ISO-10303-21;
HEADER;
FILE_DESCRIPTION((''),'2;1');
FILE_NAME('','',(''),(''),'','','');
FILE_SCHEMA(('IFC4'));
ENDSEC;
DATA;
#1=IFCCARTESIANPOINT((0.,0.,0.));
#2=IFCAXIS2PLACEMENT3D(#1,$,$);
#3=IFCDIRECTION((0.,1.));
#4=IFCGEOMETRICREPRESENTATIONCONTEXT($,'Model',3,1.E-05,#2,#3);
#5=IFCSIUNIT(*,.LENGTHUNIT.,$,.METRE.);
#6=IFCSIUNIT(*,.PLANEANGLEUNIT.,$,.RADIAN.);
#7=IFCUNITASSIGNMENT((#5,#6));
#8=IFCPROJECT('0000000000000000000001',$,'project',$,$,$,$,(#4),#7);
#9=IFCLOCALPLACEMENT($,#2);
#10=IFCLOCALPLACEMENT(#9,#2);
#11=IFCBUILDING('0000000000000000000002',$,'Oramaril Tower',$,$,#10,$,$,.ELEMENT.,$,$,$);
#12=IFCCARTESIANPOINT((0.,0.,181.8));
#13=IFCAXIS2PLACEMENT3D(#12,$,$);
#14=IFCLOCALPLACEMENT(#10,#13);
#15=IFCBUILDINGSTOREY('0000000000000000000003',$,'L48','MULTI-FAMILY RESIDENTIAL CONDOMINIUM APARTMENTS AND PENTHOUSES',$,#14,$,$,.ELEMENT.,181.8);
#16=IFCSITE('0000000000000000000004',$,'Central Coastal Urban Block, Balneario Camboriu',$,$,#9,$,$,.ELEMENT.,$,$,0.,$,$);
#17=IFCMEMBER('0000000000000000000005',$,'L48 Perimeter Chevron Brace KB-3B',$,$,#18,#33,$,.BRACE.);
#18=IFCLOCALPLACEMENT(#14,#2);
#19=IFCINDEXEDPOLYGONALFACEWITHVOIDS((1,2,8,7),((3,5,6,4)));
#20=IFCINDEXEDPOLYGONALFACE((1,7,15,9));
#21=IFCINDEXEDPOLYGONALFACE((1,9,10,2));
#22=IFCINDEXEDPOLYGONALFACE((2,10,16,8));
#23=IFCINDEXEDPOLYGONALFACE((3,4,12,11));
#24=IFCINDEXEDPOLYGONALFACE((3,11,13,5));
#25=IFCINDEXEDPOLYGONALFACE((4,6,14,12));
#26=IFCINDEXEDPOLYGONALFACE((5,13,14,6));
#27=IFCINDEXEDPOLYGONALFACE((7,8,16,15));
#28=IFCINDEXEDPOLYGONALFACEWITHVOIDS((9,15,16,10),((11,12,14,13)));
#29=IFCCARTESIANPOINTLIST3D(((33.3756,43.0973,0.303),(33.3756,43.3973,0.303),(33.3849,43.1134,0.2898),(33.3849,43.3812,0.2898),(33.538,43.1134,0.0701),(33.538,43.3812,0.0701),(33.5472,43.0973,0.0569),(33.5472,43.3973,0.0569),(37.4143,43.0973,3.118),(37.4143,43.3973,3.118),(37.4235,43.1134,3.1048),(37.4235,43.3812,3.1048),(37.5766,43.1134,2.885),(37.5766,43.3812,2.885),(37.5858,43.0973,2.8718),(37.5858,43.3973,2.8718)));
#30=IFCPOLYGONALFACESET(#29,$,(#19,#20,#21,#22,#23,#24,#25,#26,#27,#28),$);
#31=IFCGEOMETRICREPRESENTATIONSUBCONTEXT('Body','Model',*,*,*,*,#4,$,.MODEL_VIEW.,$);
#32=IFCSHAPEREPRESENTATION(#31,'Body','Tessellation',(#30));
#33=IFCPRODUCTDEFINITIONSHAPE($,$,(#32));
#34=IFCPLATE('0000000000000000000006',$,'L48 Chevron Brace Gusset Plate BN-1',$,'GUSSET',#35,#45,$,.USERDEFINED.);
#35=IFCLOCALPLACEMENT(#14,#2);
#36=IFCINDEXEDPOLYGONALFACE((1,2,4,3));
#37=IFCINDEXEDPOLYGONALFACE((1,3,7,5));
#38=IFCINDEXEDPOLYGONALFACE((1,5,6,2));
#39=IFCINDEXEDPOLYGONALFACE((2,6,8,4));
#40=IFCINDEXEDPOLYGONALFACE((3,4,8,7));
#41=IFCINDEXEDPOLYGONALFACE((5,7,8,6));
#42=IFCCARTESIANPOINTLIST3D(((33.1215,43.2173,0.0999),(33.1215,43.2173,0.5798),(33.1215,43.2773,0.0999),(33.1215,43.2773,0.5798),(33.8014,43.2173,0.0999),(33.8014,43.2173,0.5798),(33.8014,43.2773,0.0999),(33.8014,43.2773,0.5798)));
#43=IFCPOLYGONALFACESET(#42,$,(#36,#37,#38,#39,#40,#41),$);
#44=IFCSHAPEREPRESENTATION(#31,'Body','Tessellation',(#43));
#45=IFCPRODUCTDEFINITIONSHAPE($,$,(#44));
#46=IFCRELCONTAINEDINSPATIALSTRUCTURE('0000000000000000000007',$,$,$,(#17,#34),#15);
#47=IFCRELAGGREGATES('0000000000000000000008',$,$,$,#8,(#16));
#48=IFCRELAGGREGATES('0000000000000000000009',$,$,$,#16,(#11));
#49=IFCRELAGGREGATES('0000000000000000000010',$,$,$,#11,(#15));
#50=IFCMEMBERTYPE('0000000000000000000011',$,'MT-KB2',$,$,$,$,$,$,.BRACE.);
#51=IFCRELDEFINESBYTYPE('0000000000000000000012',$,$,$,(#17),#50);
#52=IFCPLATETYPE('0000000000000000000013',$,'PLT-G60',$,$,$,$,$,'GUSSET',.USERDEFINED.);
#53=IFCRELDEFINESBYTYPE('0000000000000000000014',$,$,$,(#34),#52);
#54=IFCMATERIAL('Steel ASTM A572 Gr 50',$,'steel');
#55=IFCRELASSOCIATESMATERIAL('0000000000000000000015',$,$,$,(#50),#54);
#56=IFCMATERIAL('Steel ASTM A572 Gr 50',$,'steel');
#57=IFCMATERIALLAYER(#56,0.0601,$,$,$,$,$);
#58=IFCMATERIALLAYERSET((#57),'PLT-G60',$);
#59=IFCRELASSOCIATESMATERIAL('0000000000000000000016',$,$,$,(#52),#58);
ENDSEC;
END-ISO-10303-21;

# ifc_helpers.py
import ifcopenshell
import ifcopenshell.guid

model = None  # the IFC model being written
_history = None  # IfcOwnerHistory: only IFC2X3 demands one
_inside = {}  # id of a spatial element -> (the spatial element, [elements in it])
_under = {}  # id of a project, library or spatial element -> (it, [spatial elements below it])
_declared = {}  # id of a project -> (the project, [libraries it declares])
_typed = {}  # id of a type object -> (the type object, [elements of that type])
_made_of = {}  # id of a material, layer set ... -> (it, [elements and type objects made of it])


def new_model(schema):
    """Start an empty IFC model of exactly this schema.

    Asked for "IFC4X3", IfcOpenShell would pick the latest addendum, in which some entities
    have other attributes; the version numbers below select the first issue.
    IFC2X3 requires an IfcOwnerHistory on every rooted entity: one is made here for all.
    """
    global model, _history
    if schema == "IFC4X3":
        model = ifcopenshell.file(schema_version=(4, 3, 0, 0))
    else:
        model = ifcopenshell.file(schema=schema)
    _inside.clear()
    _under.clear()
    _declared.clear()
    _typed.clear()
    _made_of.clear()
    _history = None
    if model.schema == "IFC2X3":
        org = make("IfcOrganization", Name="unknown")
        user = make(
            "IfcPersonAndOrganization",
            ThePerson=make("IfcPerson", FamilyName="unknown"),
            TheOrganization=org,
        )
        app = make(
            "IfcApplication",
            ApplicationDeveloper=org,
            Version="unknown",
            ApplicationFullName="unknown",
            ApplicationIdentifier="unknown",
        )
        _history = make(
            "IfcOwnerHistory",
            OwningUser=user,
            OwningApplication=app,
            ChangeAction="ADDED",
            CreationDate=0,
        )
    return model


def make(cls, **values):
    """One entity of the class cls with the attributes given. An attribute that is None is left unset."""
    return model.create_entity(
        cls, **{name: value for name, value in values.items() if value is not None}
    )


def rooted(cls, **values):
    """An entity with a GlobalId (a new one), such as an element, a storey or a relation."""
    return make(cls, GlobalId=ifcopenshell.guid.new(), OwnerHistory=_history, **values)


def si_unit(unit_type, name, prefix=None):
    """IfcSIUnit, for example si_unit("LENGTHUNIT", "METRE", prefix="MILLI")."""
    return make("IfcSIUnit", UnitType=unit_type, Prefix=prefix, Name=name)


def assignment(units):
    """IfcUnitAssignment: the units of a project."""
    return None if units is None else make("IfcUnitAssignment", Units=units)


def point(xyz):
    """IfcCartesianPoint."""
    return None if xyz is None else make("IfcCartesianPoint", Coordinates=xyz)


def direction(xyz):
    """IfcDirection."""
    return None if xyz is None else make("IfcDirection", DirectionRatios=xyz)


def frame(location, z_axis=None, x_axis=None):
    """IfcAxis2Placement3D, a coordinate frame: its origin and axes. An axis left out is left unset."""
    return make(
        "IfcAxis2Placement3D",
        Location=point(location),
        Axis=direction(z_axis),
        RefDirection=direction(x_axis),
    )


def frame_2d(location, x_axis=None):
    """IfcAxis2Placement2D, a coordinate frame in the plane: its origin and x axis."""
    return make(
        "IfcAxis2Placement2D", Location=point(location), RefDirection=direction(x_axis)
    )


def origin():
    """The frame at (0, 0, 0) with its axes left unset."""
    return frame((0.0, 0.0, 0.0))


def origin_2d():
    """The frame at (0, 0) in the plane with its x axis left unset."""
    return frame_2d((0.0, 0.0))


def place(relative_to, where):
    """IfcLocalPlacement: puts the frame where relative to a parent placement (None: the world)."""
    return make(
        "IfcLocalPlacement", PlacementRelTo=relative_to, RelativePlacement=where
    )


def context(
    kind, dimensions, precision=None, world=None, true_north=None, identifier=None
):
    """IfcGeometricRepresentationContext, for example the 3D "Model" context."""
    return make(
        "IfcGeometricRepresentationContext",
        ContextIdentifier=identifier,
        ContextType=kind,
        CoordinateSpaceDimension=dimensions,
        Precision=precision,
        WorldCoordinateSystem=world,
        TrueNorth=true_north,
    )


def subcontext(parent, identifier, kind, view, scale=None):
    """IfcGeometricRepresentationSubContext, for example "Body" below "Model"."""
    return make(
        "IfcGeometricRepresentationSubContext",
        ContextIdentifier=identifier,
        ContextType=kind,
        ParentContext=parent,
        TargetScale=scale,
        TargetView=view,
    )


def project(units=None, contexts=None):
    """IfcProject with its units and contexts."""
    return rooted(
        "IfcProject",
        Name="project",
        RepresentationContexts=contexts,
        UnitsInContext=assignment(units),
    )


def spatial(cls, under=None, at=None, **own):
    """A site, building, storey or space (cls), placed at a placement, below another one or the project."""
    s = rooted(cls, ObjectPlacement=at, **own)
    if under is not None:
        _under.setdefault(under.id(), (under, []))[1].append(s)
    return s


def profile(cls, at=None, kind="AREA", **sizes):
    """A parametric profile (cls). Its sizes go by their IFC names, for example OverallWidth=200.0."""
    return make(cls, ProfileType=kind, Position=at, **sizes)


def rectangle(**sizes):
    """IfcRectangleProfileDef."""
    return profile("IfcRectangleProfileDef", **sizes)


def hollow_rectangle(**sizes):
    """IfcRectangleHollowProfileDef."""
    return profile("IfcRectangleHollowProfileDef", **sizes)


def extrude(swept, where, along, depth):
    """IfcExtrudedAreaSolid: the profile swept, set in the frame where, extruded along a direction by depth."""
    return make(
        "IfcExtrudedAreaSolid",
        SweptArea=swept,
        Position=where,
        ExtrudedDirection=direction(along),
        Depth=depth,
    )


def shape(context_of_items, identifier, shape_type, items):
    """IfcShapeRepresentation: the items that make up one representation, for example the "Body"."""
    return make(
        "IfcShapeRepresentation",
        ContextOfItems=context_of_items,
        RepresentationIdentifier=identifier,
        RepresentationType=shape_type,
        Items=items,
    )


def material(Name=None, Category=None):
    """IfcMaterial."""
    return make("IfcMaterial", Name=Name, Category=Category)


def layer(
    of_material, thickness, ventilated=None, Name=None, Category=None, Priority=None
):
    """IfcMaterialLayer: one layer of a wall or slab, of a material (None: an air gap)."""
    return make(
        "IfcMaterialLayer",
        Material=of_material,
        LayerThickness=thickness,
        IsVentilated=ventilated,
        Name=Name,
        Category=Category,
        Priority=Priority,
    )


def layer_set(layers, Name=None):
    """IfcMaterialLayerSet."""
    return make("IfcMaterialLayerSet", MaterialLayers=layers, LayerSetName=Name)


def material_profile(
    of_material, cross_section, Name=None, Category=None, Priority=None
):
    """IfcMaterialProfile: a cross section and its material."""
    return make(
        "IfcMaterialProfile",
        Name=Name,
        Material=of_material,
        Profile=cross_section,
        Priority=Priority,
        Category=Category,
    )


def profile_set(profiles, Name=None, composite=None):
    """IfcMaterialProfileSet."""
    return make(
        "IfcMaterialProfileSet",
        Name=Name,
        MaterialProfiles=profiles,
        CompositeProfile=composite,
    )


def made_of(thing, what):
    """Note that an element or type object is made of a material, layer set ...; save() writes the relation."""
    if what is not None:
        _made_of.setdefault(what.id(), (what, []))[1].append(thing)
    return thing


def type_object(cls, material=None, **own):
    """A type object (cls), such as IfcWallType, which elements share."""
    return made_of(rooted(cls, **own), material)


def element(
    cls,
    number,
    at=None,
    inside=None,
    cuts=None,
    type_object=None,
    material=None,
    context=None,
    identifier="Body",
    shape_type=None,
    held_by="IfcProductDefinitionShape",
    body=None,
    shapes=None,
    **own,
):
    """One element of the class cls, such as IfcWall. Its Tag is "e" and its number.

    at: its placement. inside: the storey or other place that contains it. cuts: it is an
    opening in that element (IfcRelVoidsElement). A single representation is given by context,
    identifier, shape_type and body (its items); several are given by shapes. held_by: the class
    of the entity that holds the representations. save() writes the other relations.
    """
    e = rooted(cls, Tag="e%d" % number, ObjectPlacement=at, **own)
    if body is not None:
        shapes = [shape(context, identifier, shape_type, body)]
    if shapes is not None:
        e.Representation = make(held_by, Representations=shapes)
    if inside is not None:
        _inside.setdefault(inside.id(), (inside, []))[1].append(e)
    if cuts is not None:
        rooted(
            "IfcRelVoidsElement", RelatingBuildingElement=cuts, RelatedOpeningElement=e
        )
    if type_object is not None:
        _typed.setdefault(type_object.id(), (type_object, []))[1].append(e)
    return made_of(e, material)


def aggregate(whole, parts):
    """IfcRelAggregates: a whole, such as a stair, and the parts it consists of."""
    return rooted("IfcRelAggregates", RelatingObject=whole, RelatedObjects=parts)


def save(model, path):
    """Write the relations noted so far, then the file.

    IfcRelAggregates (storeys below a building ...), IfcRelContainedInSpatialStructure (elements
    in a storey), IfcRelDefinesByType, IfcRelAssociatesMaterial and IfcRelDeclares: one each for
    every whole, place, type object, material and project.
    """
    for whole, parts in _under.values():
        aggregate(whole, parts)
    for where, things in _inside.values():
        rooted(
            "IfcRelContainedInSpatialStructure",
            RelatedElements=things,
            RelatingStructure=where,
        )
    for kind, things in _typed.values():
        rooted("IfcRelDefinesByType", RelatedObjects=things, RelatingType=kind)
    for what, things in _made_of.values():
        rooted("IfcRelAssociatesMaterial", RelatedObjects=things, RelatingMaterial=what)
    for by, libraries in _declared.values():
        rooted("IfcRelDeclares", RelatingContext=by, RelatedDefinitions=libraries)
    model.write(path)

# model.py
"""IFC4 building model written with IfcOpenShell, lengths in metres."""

from ifc_helpers import new_model, si_unit, direction, frame, origin, origin_2d, place, context, subcontext, project, spatial, rectangle, hollow_rectangle, extrude, material, layer, layer_set, material_profile, profile_set, type_object, element, save


model = new_model("IFC4")

# Units and contexts
model_context = context("Model", 3, precision=1e-05, world=origin(), true_north=direction((0.0, 1.0)))
body_context = subcontext(model_context, "Body", "Model", "MODEL_VIEW")
ifc_project = project(units=[si_unit("LENGTHUNIT", "METRE"), si_unit("PLANEANGLEUNIT", "RADIAN")], contexts=[model_context])

# Site, building, storey
site_placement = place(None, origin())
site = spatial("IfcSite", under=ifc_project, at=site_placement, Name="Central Coastal Urban Block, Balneario Camboriu", CompositionType="ELEMENT", RefElevation=0.0)
building_placement = place(site_placement, origin())
building = spatial("IfcBuilding", under=site, at=building_placement, Name="Oramaril Tower", CompositionType="ELEMENT")
storey_placement = place(building_placement, frame((0.0, 0.0, 181.8)))
storey = spatial("IfcBuildingStorey", under=building, at=storey_placement, Name="L48", Description="MULTI-FAMILY RESIDENTIAL CONDOMINIUM APARTMENTS AND PENTHOUSES", CompositionType="ELEMENT", Elevation=181.8)

# Member
ifc_material_1 = material(Name="Steel ASTM A572 Gr 50", Category="steel")
ifc_material_profile_1 = material_profile(ifc_material_1, hollow_rectangle(XDim=0.3, YDim=0.3, WallThickness=0.0161, at=origin_2d()), Name="HSS300X300X16")
ifc_profile_set_1 = profile_set([ifc_material_profile_1], Name="Steel ASTM A572 Gr 50")
member_type = type_object("IfcMemberType", Name="MT-KB2", PredefinedType="BRACE", material=ifc_profile_set_1)
member_placement = place(storey_placement, frame((33.4614, 43.2473, 0.1799), z_axis=(0.820381, 0.0, 0.571817), x_axis=(0.0, 1.0, 0.0)))
element("IfcMember", 1, at=member_placement, inside=storey, type_object=member_type, Name="L48 Perimeter Chevron Brace KB-3B", PredefinedType="BRACE", context=body_context, shape_type="SweptSolid", body=[
    extrude(hollow_rectangle(XDim=0.3, YDim=0.3, WallThickness=0.0161, at=origin_2d()), origin(), (0.0, 0.0, 1.0), 4.9229),
])

# Plate
ifc_material_2 = material(Name="Steel ASTM A572 Gr 50", Category="steel")
ifc_layer_1 = layer(ifc_material_2, 0.0601)
ifc_layer_set_1 = layer_set([ifc_layer_1], Name="PLT-G60")
plate_type = type_object("IfcPlateType", Name="PLT-G60", ElementType="GUSSET", PredefinedType="USERDEFINED", material=ifc_layer_set_1)
plate_placement = place(storey_placement, frame((33.4614, 43.2473, 0.0999), z_axis=(0.0, 0.0, 1.0), x_axis=(-1.0, 0.0, 0.0)))
element("IfcPlate", 2, at=plate_placement, inside=storey, type_object=plate_type, Name="L48 Chevron Brace Gusset Plate BN-1", ObjectType="GUSSET", PredefinedType="USERDEFINED", context=body_context, shape_type="SweptSolid", body=[
    extrude(rectangle(XDim=0.6799, YDim=0.0601, at=origin_2d()), origin(), (0.0, 0.0, 1.0), 0.48),
])

save(model, "model.ifc")
